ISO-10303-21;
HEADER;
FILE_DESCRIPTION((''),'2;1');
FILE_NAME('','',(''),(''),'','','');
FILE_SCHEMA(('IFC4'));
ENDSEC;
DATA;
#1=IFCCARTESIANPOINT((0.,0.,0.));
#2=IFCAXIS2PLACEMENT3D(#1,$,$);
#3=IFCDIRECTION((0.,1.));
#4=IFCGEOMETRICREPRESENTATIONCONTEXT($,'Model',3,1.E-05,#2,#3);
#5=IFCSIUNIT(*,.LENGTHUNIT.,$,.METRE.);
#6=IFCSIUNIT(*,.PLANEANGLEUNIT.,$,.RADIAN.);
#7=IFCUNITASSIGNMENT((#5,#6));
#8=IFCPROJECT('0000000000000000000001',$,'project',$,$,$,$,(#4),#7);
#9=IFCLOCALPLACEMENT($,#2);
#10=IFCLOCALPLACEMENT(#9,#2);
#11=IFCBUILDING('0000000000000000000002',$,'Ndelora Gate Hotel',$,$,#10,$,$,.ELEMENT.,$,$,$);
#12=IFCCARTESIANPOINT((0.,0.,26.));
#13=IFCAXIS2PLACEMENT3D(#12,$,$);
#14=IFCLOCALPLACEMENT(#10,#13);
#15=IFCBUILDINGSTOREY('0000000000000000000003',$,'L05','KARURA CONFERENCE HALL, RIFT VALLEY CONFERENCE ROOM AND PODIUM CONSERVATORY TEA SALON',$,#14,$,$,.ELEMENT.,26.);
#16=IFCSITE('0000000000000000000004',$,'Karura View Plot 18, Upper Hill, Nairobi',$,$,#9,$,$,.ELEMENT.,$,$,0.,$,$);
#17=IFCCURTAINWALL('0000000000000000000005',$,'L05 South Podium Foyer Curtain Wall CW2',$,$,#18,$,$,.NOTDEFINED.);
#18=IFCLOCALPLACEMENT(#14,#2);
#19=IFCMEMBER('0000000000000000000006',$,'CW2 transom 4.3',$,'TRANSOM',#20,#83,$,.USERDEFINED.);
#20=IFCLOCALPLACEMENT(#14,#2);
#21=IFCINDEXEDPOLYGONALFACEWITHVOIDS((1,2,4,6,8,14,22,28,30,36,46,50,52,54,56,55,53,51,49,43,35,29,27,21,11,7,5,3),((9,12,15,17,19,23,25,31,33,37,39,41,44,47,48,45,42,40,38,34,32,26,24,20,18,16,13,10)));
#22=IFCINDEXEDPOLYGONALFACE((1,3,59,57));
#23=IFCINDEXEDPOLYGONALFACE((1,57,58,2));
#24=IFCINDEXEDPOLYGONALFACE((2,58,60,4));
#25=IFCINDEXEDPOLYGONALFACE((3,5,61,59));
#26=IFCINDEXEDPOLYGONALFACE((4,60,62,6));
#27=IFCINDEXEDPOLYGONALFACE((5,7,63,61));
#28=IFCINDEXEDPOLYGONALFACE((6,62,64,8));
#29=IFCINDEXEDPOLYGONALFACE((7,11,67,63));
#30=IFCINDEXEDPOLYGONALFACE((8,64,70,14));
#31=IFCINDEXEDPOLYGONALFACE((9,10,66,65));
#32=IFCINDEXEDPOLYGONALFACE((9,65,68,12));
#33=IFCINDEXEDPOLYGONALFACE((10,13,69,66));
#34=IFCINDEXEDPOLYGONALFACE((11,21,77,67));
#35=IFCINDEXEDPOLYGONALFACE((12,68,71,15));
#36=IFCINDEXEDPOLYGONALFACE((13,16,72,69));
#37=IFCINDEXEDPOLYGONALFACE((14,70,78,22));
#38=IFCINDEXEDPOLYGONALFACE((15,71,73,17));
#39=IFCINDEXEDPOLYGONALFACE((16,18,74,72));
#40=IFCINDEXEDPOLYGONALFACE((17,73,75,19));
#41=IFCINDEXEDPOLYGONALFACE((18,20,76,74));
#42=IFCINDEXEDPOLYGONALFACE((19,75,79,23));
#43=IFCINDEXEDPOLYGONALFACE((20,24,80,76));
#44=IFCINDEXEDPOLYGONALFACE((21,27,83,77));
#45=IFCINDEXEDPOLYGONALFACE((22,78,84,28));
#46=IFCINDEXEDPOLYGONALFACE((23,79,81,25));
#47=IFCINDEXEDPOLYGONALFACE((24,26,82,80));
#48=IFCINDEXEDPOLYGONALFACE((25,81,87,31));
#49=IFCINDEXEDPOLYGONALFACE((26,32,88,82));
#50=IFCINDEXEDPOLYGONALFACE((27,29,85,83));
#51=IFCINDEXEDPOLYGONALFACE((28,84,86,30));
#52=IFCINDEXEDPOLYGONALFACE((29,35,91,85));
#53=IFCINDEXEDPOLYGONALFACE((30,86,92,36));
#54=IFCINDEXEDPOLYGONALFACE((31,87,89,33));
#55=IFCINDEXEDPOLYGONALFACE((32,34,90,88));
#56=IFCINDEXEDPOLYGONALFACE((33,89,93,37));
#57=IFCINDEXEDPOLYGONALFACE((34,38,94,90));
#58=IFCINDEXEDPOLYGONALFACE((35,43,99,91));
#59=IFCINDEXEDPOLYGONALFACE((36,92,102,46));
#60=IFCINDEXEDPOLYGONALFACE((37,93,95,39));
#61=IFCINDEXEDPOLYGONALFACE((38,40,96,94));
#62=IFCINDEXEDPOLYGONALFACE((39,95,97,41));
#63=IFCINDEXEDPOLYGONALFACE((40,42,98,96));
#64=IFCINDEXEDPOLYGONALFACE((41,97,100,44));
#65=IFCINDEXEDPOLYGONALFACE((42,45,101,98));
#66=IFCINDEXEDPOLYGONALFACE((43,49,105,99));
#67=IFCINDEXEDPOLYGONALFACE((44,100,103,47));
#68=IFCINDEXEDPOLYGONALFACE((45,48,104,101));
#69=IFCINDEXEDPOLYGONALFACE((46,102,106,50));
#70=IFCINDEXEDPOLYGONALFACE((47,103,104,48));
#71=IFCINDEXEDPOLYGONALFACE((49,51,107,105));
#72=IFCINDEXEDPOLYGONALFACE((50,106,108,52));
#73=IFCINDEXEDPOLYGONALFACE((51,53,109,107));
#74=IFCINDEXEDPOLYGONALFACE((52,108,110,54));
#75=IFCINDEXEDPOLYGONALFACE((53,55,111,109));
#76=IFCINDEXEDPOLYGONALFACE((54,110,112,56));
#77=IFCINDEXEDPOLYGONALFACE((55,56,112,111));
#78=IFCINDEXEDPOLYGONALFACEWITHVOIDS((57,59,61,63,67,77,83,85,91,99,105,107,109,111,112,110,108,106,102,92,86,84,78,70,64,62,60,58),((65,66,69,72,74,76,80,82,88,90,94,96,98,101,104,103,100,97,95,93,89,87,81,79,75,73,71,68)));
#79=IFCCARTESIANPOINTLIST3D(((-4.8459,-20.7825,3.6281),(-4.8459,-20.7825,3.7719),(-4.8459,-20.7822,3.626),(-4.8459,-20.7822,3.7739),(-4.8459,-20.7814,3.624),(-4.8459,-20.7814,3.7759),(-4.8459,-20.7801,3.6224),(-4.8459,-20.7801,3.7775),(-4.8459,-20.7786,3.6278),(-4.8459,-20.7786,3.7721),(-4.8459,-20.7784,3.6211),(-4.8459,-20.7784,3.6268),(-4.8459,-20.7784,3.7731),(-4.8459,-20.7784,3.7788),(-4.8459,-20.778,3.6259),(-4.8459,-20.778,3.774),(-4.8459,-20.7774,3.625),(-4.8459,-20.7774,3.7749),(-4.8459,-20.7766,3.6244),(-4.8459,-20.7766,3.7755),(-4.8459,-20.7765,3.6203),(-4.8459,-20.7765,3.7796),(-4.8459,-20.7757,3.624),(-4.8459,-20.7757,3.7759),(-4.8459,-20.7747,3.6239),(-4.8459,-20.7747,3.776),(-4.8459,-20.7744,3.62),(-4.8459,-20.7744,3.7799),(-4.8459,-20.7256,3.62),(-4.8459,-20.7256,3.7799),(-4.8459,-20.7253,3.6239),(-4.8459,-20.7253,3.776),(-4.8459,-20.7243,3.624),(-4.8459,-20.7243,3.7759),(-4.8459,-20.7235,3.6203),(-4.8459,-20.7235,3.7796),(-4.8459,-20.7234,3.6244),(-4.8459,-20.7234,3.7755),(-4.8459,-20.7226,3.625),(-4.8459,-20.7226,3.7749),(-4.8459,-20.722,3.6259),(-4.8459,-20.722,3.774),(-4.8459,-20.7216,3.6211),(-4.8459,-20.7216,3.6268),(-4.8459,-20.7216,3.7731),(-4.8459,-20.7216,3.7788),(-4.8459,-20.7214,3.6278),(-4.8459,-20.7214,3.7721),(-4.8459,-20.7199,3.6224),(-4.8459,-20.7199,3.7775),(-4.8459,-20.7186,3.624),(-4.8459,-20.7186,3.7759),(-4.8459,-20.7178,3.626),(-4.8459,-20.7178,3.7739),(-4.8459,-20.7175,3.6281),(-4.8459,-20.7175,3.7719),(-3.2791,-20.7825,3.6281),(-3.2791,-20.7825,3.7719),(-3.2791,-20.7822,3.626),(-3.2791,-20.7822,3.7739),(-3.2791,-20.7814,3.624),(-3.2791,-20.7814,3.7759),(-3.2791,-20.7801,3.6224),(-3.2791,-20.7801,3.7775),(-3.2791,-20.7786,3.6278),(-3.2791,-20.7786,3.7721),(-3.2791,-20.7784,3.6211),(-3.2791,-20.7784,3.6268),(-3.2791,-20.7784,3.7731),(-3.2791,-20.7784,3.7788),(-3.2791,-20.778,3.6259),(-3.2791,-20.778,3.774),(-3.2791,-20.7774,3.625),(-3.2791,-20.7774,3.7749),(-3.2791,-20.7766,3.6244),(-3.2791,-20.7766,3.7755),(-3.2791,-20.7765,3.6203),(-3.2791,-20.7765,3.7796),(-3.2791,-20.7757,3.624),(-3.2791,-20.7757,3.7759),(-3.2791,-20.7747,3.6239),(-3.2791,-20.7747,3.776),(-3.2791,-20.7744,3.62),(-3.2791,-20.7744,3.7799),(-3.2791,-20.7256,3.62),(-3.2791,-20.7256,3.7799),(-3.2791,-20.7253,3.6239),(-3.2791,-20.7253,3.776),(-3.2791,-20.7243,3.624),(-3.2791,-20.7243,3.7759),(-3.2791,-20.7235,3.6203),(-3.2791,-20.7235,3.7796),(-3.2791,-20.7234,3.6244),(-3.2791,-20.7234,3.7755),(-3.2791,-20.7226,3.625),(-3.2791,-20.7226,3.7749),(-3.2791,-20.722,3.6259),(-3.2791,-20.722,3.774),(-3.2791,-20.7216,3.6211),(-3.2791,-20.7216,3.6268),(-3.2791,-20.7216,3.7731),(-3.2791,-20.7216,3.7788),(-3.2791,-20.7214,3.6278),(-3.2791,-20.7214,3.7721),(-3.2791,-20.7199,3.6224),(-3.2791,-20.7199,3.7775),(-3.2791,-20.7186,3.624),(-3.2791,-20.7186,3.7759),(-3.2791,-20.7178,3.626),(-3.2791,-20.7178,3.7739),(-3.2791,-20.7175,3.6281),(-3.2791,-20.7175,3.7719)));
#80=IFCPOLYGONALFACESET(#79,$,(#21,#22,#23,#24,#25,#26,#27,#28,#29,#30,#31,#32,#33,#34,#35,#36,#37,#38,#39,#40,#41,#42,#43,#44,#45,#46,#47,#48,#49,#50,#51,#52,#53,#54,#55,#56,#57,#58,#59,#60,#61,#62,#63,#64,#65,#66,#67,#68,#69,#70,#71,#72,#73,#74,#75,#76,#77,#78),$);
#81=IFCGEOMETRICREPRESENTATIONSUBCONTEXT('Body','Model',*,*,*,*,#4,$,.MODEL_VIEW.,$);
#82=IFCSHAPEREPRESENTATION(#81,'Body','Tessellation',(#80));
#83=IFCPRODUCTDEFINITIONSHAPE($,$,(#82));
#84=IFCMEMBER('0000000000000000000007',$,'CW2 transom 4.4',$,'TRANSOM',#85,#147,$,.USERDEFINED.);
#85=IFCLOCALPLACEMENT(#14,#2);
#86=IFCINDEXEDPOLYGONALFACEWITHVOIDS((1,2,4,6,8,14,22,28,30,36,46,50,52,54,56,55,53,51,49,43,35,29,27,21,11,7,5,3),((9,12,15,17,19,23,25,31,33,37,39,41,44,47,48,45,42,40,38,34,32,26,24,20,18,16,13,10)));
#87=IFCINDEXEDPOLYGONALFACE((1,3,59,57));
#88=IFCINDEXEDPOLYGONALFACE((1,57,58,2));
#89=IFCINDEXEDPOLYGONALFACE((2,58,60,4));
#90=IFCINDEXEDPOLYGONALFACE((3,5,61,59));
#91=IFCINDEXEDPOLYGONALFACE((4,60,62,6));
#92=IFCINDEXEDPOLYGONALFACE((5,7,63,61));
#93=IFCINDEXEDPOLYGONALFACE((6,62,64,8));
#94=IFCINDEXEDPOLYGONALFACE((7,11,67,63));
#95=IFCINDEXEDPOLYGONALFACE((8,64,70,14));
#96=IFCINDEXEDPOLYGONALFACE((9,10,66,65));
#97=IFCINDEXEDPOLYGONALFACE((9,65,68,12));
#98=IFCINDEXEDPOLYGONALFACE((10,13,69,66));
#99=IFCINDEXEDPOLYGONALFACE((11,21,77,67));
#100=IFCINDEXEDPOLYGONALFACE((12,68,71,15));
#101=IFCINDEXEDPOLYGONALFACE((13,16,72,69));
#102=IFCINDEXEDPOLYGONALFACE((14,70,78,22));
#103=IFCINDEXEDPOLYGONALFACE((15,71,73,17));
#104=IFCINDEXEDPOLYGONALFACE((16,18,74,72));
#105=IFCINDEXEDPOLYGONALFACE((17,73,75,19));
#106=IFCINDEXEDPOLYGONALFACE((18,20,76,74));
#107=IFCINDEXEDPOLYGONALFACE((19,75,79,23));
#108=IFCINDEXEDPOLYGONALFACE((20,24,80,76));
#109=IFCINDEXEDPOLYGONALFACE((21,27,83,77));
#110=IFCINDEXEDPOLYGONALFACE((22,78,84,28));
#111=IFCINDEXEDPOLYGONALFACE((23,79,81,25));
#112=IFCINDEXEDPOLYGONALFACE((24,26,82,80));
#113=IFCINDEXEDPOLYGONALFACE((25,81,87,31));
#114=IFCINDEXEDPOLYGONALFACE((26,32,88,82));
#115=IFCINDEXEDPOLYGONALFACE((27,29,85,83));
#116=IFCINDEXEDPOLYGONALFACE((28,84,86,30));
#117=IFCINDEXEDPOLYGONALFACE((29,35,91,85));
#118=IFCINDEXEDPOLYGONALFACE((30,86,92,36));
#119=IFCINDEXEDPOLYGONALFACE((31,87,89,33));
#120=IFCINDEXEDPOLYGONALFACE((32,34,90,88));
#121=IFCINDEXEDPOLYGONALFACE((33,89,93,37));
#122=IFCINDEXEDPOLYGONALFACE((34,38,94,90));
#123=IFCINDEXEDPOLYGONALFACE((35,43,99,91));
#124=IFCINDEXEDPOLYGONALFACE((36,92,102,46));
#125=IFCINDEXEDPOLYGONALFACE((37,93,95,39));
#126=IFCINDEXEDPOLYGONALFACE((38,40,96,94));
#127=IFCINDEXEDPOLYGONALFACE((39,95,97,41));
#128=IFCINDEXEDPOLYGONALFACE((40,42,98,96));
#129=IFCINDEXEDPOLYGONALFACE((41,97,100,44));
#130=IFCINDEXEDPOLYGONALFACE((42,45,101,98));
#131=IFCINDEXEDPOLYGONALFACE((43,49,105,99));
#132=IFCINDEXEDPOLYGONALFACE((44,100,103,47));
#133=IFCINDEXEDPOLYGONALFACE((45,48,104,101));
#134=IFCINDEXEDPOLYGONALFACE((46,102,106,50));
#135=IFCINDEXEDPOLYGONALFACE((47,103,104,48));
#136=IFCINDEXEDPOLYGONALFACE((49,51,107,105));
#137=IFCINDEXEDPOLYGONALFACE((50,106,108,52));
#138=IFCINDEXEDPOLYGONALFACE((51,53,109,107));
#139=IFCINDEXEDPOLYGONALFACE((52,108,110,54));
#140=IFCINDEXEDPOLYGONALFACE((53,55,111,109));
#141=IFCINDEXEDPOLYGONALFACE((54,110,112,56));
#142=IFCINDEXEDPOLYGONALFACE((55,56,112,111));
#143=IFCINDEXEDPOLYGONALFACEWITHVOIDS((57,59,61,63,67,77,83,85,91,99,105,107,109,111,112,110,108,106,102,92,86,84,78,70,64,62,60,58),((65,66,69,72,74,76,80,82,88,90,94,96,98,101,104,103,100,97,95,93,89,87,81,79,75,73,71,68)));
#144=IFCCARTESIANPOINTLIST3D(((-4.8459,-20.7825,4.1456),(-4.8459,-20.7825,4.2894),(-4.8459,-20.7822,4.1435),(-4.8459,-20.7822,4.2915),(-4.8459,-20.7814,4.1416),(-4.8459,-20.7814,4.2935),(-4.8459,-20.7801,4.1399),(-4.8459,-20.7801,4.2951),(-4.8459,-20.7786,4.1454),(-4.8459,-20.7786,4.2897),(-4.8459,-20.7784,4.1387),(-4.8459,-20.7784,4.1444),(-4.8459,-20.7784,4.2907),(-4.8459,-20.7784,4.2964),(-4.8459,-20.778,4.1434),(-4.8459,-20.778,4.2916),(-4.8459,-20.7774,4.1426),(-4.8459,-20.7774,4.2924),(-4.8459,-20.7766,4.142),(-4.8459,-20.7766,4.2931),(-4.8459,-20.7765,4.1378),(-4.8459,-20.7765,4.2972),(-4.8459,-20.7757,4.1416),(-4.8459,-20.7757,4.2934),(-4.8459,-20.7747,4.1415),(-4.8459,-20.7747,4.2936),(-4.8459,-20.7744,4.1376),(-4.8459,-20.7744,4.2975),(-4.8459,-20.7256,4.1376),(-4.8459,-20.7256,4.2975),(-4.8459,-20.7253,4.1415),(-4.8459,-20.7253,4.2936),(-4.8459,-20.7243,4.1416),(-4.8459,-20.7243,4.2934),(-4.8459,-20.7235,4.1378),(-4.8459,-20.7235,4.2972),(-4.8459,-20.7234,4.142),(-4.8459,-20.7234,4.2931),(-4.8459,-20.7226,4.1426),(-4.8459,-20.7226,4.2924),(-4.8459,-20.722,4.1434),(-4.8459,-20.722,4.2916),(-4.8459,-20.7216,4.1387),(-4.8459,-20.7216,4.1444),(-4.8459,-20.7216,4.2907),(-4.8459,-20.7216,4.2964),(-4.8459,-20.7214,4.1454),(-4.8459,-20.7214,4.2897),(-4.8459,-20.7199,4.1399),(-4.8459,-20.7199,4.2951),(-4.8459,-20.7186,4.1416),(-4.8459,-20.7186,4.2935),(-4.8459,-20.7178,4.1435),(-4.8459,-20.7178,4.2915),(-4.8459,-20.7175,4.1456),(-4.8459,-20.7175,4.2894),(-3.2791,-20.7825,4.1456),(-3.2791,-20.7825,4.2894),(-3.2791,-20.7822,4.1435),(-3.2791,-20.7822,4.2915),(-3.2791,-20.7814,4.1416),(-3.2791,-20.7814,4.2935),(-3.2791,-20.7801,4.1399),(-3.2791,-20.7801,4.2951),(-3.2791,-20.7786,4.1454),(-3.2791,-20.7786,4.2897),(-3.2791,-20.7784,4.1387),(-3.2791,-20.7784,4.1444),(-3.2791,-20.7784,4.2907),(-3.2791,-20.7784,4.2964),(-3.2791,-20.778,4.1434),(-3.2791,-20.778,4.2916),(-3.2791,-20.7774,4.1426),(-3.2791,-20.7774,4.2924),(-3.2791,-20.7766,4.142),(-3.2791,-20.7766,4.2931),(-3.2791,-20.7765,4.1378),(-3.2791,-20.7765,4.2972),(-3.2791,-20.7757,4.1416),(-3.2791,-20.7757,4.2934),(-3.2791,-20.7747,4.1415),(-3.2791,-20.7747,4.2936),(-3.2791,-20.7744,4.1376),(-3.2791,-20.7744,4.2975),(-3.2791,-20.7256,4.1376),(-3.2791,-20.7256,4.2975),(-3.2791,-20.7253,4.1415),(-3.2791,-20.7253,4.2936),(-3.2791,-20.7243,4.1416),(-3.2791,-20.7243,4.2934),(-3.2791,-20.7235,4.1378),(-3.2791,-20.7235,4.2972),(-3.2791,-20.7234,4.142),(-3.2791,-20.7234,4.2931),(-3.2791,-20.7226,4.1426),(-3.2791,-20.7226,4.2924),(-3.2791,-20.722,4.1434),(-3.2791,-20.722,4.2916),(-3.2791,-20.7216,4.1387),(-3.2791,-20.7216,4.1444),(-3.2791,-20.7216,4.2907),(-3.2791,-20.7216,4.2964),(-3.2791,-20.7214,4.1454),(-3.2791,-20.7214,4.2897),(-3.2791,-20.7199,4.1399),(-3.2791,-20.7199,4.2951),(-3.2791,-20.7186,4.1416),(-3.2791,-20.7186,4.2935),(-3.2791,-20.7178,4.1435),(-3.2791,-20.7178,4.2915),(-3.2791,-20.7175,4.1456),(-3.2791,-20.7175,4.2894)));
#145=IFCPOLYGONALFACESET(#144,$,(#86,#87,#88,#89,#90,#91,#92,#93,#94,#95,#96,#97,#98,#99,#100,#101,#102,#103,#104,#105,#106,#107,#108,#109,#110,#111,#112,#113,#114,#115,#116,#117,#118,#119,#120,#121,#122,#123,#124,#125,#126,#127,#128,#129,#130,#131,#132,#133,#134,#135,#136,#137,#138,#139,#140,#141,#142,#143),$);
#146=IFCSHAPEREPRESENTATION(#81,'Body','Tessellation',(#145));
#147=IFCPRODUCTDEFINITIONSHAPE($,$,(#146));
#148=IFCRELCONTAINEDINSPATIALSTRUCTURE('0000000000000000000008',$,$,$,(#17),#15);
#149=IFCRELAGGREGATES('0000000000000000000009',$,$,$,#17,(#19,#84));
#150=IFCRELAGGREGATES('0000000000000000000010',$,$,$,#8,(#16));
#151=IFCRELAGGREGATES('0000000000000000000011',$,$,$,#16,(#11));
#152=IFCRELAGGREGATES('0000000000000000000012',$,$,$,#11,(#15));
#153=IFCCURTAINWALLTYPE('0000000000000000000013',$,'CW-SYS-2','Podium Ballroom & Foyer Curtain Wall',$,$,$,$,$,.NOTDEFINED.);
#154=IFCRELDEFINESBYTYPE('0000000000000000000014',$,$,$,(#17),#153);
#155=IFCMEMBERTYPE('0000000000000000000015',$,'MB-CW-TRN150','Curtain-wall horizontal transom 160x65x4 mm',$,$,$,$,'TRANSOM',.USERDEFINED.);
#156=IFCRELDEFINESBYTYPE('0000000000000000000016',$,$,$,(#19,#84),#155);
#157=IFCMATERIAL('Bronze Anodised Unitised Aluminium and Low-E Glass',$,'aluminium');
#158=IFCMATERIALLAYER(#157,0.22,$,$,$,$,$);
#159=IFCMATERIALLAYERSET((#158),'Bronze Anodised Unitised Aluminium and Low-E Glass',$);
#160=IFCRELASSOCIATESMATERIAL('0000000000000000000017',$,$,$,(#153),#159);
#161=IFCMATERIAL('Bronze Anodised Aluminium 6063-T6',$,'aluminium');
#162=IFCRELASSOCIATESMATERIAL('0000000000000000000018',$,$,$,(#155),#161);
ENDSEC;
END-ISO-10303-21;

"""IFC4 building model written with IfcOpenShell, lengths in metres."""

from ifc_helpers import new_model, si_unit, direction, frame, origin, origin_2d, place, context, subcontext, project, spatial, hollow_rectangle, extrude, material, layer, layer_set, material_profile, profile_set, type_object, element, aggregate, save


model = new_model("IFC4")

# Units and contexts
model_context = context("Model", 3, precision=1e-05, world=origin(), true_north=direction((0.0, 1.0)))
body_context = subcontext(model_context, "Body", "Model", "MODEL_VIEW")
ifc_project = project(units=[si_unit("LENGTHUNIT", "METRE"), si_unit("PLANEANGLEUNIT", "RADIAN")], contexts=[model_context])

# Site, building, storey
site_placement = place(None, origin())
site = spatial("IfcSite", under=ifc_project, at=site_placement, Name="Karura View Plot 18, Upper Hill, Nairobi", CompositionType="ELEMENT", RefElevation=0.0)
building_placement = place(site_placement, origin())
building = spatial("IfcBuilding", under=site, at=building_placement, Name="Ndelora Gate Hotel", CompositionType="ELEMENT")
storey_placement = place(building_placement, frame((0.0, 0.0, 26.0)))
storey = spatial("IfcBuildingStorey", under=building, at=storey_placement, Name="L05", Description="KARURA CONFERENCE HALL, RIFT VALLEY CONFERENCE ROOM AND PODIUM CONSERVATORY TEA SALON", CompositionType="ELEMENT", Elevation=26.0)

# Curtain wall, members
ifc_material_1 = material(Name="Bronze Anodised Unitised Aluminium and Low-E Glass", Category="aluminium")
ifc_layer_1 = layer(ifc_material_1, 0.22)
ifc_layer_set_1 = layer_set([ifc_layer_1], Name="Bronze Anodised Unitised Aluminium and Low-E Glass")
curtain_wall_type = type_object("IfcCurtainWallType", Name="CW-SYS-2", Description="Podium Ballroom & Foyer Curtain Wall", PredefinedType="NOTDEFINED", material=ifc_layer_set_1)
curtain_wall_placement = place(storey_placement, origin())
curtain_wall = element("IfcCurtainWall", 1, at=curtain_wall_placement, inside=storey, type_object=curtain_wall_type, Name="L05 South Podium Foyer Curtain Wall CW2", PredefinedType="NOTDEFINED")
ifc_material_2 = material(Name="Bronze Anodised Aluminium 6063-T6", Category="aluminium")
ifc_material_profile_1 = material_profile(ifc_material_2, hollow_rectangle(XDim=0.0649, YDim=0.1599, WallThickness=0.0039, InnerFilletRadius=0.0039, OuterFilletRadius=0.0081, at=origin_2d()), Name="ALU 160x65x4")
ifc_profile_set_1 = profile_set([ifc_material_profile_1], Name="Bronze Anodised Aluminium 6063-T6")
member_type_1 = type_object("IfcMemberType", Name="MB-CW-TRN150", Description="Curtain-wall horizontal transom 160x65x4 mm", ElementType="TRANSOM", PredefinedType="USERDEFINED", material=ifc_profile_set_1)
member_1_placement = place(storey_placement, frame((-4.8459, -20.75, 3.7), z_axis=(1.0, 0.0, 0.0), x_axis=(0.0, 1.0, 0.0)))
member_1 = element("IfcMember", 2, at=member_1_placement, type_object=member_type_1, Name="CW2 transom 4.3", ObjectType="TRANSOM", PredefinedType="USERDEFINED", context=body_context, shape_type="SweptSolid", body=[
    extrude(hollow_rectangle(XDim=0.0649, YDim=0.1599, WallThickness=0.0039, InnerFilletRadius=0.0039, OuterFilletRadius=0.0081, at=origin_2d()), origin(), (0.0, 0.0, 1.0), 1.5669),
])
member_2_placement = place(storey_placement, frame((-4.8459, -20.75, 4.2175), z_axis=(1.0, 0.0, 0.0), x_axis=(0.0, 1.0, 0.0)))
member_2 = element("IfcMember", 3, at=member_2_placement, type_object=member_type_1, Name="CW2 transom 4.4", ObjectType="TRANSOM", PredefinedType="USERDEFINED", context=body_context, shape_type="SweptSolid", body=[
    extrude(hollow_rectangle(XDim=0.0649, YDim=0.1599, WallThickness=0.0039, InnerFilletRadius=0.0039, OuterFilletRadius=0.0081, at=origin_2d()), origin(), (0.0, 0.0, 1.0), 1.5669),
])
aggregate(curtain_wall, [member_1, member_2])

save(model, "model.ifc")
